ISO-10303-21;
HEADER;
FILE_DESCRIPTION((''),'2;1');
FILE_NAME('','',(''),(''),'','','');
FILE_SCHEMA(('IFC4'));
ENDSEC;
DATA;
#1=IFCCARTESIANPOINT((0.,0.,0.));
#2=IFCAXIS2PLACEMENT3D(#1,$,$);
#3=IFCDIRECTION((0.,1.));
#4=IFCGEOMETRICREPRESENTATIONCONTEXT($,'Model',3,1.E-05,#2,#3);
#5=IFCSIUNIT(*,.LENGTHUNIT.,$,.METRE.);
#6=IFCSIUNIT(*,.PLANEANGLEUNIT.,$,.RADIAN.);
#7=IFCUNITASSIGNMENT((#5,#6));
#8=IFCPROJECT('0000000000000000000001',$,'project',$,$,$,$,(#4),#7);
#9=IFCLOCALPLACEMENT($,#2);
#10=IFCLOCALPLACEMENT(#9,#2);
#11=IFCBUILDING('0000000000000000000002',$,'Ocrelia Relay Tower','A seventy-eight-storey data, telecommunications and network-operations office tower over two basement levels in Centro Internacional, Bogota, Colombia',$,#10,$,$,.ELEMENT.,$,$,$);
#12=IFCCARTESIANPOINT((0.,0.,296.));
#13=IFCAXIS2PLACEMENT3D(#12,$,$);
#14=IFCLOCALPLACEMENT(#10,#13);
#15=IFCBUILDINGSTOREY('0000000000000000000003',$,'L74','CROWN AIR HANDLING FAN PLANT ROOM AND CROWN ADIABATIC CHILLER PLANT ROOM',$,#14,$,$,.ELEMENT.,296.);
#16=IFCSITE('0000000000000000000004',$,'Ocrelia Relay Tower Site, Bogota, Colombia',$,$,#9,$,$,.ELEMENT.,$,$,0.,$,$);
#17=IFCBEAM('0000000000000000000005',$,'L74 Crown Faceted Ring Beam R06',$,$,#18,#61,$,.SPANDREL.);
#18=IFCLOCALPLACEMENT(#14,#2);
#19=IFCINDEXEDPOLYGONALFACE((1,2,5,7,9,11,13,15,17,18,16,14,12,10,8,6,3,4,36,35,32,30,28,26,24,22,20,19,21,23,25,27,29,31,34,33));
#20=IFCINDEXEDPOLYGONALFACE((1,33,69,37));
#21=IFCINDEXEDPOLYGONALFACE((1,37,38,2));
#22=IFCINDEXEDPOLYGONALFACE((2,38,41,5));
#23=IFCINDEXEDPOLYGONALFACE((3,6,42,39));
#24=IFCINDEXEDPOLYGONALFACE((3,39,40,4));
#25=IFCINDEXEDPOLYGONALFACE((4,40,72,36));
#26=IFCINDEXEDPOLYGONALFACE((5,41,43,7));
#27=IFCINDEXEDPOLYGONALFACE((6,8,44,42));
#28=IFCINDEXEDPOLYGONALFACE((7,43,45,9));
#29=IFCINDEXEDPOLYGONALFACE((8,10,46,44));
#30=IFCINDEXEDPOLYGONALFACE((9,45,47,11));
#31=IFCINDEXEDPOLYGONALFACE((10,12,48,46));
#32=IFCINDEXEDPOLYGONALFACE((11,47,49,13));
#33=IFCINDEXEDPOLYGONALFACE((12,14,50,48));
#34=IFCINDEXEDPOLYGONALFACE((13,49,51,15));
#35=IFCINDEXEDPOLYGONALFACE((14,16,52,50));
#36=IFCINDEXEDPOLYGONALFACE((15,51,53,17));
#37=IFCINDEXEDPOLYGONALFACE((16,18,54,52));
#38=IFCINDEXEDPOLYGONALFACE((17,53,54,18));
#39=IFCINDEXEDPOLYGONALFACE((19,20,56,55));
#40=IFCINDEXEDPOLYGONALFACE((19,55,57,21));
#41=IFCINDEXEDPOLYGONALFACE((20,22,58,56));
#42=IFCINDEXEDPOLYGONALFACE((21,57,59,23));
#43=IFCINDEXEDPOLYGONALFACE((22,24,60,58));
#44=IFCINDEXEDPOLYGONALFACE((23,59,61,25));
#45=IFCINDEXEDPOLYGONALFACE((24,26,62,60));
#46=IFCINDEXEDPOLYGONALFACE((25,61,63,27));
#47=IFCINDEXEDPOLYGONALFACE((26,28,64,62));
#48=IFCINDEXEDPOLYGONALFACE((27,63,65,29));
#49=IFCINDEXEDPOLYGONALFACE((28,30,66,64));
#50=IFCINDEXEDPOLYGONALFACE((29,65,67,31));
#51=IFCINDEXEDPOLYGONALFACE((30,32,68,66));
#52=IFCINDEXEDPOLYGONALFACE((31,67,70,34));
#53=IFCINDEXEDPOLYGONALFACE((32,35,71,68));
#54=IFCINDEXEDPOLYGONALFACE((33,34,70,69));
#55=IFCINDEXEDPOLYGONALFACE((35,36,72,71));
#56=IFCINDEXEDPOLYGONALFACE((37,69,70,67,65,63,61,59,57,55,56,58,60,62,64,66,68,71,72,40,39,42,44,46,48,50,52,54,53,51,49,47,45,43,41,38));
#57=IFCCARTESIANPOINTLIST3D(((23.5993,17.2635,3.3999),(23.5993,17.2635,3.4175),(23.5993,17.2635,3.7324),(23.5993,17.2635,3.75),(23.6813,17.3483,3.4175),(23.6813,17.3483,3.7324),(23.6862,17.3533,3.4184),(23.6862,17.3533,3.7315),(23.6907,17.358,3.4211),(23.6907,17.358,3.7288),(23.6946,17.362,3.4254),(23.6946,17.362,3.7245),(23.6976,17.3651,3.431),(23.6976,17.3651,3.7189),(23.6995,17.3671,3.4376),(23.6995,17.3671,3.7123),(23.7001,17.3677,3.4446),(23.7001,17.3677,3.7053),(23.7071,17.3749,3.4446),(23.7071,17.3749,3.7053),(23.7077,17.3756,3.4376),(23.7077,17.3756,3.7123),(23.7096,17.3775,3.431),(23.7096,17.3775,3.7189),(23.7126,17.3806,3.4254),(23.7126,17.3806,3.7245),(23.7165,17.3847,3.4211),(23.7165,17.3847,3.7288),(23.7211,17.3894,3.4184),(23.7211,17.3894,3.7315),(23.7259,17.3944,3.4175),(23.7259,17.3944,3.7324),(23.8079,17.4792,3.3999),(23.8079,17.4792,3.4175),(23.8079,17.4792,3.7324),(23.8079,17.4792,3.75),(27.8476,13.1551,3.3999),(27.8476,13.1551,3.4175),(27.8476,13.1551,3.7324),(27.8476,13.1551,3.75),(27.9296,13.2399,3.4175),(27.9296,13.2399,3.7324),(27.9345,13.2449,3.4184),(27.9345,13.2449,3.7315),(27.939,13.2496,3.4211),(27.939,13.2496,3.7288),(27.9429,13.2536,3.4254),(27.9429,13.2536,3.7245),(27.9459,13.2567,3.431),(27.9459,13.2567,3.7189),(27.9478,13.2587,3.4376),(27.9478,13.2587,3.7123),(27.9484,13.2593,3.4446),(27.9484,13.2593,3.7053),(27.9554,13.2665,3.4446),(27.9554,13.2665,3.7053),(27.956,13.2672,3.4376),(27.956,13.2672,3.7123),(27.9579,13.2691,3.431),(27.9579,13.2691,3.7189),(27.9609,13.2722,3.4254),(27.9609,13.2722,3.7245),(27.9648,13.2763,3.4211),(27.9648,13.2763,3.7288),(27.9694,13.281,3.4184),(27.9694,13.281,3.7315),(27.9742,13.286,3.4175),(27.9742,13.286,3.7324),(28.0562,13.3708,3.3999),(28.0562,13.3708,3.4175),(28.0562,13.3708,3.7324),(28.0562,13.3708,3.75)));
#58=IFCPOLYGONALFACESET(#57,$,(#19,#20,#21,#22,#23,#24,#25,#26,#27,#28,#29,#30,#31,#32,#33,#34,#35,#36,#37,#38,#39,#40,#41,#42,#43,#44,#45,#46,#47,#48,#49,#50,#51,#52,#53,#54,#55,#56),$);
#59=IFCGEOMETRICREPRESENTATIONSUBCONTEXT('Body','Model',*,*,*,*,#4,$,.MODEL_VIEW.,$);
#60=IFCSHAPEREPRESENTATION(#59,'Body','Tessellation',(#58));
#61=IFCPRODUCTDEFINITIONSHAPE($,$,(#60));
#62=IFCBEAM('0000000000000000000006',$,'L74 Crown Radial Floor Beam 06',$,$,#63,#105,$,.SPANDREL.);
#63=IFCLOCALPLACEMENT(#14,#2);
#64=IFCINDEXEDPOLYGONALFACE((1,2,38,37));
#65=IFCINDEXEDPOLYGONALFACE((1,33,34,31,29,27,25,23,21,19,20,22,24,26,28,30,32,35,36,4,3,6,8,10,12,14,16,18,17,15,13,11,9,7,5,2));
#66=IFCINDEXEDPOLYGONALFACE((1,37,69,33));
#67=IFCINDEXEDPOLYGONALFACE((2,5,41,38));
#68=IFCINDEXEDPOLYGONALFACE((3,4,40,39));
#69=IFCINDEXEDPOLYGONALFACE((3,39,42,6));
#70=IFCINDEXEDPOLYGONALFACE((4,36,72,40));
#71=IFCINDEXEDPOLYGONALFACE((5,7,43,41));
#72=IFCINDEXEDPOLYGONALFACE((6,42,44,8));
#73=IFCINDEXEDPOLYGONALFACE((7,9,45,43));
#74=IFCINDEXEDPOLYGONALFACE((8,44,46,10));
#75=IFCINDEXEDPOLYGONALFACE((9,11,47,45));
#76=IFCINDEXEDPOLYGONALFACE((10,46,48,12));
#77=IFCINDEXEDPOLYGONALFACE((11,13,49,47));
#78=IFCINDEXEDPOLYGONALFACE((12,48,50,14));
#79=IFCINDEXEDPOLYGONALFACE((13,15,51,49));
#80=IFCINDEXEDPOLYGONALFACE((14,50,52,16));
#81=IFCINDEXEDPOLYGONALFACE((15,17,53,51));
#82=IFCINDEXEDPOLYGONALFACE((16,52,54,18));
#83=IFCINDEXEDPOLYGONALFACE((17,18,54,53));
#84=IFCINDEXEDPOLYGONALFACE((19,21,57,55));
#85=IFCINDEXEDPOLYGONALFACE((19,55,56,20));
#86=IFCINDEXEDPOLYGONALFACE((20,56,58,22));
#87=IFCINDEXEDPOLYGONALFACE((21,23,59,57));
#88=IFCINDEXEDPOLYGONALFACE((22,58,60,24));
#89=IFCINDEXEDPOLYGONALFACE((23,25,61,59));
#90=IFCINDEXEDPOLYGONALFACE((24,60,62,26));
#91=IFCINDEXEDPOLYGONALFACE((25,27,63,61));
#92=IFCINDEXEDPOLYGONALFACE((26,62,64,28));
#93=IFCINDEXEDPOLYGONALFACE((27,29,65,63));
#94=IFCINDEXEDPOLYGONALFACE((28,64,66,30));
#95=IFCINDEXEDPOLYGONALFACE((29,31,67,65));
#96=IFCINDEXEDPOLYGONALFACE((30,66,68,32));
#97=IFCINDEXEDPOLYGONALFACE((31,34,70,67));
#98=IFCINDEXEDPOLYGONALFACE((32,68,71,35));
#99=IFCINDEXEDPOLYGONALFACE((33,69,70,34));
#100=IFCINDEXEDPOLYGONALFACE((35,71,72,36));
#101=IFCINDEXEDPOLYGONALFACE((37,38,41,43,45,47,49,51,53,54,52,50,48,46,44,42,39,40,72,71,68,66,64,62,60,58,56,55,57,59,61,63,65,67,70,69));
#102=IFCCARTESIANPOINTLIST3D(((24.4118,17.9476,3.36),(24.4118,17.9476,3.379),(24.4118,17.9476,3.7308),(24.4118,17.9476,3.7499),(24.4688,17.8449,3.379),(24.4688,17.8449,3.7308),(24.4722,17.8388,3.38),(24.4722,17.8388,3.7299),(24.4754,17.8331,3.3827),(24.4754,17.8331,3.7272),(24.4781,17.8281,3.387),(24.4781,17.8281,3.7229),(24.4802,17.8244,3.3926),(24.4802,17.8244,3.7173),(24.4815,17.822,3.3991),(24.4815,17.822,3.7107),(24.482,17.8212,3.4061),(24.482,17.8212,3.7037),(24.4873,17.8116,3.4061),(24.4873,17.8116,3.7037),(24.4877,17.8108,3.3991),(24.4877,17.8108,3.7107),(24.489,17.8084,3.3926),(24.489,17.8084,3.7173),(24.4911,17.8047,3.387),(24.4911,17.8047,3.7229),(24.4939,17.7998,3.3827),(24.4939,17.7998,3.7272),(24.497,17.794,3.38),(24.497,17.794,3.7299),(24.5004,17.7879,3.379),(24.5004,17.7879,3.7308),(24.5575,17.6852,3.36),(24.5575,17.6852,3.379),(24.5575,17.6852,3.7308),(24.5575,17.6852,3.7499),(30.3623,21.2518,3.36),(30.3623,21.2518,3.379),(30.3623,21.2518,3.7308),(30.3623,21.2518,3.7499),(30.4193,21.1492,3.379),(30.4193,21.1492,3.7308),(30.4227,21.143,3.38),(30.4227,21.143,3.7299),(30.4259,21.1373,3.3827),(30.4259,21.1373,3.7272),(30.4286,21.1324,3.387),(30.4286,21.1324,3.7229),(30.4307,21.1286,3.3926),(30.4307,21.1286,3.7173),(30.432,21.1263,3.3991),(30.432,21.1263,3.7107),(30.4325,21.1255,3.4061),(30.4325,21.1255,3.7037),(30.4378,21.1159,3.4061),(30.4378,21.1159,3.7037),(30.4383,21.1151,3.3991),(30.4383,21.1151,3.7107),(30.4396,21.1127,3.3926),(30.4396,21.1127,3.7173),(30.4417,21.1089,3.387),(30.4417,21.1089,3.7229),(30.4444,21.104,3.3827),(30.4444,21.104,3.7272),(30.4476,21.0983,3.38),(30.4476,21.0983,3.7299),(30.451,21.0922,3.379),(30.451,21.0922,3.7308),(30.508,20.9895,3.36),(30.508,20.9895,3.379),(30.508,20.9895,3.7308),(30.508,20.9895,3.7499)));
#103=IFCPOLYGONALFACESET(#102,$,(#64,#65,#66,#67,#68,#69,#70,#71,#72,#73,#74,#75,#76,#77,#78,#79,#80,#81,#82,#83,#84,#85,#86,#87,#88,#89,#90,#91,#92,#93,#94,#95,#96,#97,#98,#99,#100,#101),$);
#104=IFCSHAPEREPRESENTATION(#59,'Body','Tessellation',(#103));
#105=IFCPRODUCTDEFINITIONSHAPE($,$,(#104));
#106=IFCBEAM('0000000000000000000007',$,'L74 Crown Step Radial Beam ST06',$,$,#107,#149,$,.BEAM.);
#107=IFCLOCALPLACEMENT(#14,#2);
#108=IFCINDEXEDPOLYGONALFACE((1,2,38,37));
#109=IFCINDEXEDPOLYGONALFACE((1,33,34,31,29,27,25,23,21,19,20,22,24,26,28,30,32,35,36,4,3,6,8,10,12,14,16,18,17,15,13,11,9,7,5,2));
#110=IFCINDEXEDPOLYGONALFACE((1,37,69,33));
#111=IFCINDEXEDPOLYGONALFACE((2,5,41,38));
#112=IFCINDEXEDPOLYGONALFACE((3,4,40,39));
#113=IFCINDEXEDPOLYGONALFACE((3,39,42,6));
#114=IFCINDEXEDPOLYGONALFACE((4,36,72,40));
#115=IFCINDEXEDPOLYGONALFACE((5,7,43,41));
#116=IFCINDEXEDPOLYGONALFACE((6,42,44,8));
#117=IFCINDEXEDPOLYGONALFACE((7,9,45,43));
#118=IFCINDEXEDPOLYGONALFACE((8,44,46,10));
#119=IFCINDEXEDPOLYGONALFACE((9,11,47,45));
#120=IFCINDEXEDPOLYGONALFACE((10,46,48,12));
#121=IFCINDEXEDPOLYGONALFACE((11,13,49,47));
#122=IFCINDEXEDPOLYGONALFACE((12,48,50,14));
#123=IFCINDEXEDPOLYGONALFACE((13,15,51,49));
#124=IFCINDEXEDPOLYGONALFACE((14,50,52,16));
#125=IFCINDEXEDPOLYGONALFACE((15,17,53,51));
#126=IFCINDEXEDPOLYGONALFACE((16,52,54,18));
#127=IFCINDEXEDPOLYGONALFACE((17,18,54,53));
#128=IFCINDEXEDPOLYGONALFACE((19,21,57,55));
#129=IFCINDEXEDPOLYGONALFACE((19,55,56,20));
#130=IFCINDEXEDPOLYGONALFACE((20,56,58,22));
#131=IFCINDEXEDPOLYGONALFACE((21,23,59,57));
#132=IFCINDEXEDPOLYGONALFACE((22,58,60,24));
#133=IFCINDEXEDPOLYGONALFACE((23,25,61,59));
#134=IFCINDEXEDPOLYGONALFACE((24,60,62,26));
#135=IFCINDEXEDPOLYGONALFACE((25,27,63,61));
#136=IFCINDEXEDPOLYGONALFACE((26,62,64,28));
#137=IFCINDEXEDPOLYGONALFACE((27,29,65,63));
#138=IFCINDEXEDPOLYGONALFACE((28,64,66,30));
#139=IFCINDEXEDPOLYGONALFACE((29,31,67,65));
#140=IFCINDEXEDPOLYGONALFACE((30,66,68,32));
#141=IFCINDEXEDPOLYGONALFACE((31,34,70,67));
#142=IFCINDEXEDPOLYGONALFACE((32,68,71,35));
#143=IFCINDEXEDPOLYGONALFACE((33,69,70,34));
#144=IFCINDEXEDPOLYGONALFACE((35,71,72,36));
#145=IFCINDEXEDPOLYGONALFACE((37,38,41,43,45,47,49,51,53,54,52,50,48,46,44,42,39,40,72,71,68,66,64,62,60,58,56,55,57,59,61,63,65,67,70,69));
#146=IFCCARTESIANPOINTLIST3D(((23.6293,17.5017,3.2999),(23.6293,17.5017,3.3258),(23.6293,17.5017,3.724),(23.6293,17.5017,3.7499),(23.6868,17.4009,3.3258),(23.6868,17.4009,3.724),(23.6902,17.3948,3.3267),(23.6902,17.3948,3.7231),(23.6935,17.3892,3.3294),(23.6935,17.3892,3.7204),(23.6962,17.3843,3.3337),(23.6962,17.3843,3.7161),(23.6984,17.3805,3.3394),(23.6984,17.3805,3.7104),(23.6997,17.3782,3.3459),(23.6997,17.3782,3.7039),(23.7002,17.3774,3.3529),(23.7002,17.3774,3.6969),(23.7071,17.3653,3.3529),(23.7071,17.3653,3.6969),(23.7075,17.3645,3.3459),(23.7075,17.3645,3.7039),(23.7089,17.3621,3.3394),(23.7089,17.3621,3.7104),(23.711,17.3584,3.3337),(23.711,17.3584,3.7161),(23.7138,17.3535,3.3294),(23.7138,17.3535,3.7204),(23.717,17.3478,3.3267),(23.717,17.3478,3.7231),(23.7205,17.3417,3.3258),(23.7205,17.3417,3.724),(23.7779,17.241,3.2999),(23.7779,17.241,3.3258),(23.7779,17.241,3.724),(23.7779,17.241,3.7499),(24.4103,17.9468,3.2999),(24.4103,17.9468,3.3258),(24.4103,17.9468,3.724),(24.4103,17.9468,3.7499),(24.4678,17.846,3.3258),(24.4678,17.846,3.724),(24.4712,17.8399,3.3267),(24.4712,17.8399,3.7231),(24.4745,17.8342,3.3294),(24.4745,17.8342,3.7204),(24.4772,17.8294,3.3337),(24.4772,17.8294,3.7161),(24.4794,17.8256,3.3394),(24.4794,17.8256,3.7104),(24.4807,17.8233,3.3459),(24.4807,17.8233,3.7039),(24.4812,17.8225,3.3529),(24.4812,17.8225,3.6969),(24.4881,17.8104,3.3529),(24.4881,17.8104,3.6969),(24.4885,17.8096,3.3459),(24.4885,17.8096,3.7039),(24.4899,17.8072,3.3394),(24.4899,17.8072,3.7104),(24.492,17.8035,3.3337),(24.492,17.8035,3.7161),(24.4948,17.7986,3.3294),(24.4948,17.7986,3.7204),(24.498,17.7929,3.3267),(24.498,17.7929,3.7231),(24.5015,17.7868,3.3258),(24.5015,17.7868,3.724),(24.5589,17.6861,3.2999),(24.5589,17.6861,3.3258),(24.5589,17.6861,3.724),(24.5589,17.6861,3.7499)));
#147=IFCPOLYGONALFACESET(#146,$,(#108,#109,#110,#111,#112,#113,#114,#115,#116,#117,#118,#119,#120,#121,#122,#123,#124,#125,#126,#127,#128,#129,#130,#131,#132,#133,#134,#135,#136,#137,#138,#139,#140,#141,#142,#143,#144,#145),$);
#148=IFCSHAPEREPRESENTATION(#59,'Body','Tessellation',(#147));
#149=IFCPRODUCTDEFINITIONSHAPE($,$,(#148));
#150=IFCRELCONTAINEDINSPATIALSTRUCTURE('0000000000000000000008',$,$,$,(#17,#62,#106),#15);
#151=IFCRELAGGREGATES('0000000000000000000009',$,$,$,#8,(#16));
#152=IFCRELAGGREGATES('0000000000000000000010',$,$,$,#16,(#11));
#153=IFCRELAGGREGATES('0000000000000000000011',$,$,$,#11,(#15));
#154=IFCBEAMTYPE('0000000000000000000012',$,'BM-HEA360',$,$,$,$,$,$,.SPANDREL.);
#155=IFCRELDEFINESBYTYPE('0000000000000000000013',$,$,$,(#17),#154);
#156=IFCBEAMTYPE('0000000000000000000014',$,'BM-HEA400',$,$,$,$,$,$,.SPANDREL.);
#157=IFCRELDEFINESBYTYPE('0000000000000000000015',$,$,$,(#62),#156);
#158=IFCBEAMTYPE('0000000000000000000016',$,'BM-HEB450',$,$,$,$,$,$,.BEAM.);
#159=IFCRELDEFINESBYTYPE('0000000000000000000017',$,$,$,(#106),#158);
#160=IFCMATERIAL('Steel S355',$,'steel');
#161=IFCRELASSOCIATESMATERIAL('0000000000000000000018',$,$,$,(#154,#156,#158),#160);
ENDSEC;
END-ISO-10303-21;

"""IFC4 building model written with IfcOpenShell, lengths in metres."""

from ifc_helpers import new_model, si_unit, direction, frame, origin, origin_2d, place, context, subcontext, project, spatial, i_section, extrude, material, material_profile, profile_set, type_object, element, save


model = new_model("IFC4")

# Units and contexts
model_context = context("Model", 3, precision=1e-05, world=origin(), true_north=direction((0.0, 1.0)))
body_context = subcontext(model_context, "Body", "Model", "MODEL_VIEW")
ifc_project = project(units=[si_unit("LENGTHUNIT", "METRE"), si_unit("PLANEANGLEUNIT", "RADIAN")], contexts=[model_context])

# Site, building, storey
site_placement = place(None, origin())
site = spatial("IfcSite", under=ifc_project, at=site_placement, Name="Ocrelia Relay Tower Site, Bogota, Colombia", CompositionType="ELEMENT", RefElevation=0.0)
building_placement = place(site_placement, origin())
building = spatial("IfcBuilding", under=site, at=building_placement, Name="Ocrelia Relay Tower", Description="A seventy-eight-storey data, telecommunications and network-operations office tower over two basement levels in Centro Internacional, Bogota, Colombia", CompositionType="ELEMENT")
storey_placement = place(building_placement, frame((0.0, 0.0, 296.0)))
storey = spatial("IfcBuildingStorey", under=building, at=storey_placement, Name="L74", Description="CROWN AIR HANDLING FAN PLANT ROOM AND CROWN ADIABATIC CHILLER PLANT ROOM", CompositionType="ELEMENT", Elevation=296.0)

# Beams
ifc_material_1 = material(Name="Steel S355", Category="steel")
ifc_material_profile_1 = material_profile(ifc_material_1, i_section(OverallWidth=0.3, OverallDepth=0.3501, WebThickness=0.01, FlangeThickness=0.0176, FilletRadius=0.0271, at=origin_2d()), Name="HEA 360")
ifc_profile_set_1 = profile_set([ifc_material_profile_1], Name="Steel S355")
beam_type_1 = type_object("IfcBeamType", Name="BM-HEA360", PredefinedType="SPANDREL", material=ifc_profile_set_1)
beam_1_placement = place(storey_placement, frame((23.7036, 17.3713, 3.575), z_axis=(0.718843, -0.695172, 0.0), x_axis=(0.695172, 0.718843, 0.0)))
element("IfcBeam", 1, at=beam_1_placement, inside=storey, type_object=beam_type_1, Name="L74 Crown Faceted Ring Beam R06", PredefinedType="SPANDREL", context=body_context, shape_type="SweptSolid", body=[
    extrude(i_section(OverallWidth=0.3, OverallDepth=0.3501, WebThickness=0.01, FlangeThickness=0.0176, FilletRadius=0.0271, at=origin_2d()), origin(), (0.0, 0.0, 1.0), 5.9099),
])
ifc_material_profile_2 = material_profile(ifc_material_1, i_section(OverallWidth=0.3, OverallDepth=0.3899, WebThickness=0.011, FlangeThickness=0.019, FilletRadius=0.0271, at=origin_2d()), Name="HEA 400")
ifc_profile_set_2 = profile_set([ifc_material_profile_2], Name="Steel S355")
beam_type_2 = type_object("IfcBeamType", Name="BM-HEA400", PredefinedType="SPANDREL", material=ifc_profile_set_2)
beam_2_placement = place(storey_placement, frame((24.4846, 17.8164, 3.5549), z_axis=(0.874257, 0.485463, 0.0), x_axis=(-0.485463, 0.874257, 0.0)))
element("IfcBeam", 2, at=beam_2_placement, inside=storey, type_object=beam_type_2, Name="L74 Crown Radial Floor Beam 06", PredefinedType="SPANDREL", context=body_context, shape_type="SweptSolid", body=[
    extrude(i_section(OverallWidth=0.3, OverallDepth=0.3899, WebThickness=0.011, FlangeThickness=0.019, FilletRadius=0.0271, at=origin_2d()), origin(), (0.0, 0.0, 1.0), 6.8064),
])
ifc_material_profile_3 = material_profile(ifc_material_1, i_section(OverallWidth=0.3, OverallDepth=0.45, WebThickness=0.0139, FlangeThickness=0.0259, FilletRadius=0.0271, at=origin_2d()), Name="HEB 450")
ifc_profile_set_3 = profile_set([ifc_material_profile_3], Name="Steel S355")
beam_type_3 = type_object("IfcBeamType", Name="BM-HEB450", PredefinedType="BEAM", material=ifc_profile_set_3)
beam_3_placement = place(storey_placement, frame((23.7036, 17.3713, 3.5249), z_axis=(0.868828, 0.495115, 0.0), x_axis=(-0.495115, 0.868828, 0.0)))
element("IfcBeam", 3, at=beam_3_placement, inside=storey, type_object=beam_type_3, Name="L74 Crown Step Radial Beam ST06", PredefinedType="BEAM", context=body_context, shape_type="SweptSolid", body=[
    extrude(i_section(OverallWidth=0.3, OverallDepth=0.45, WebThickness=0.0139, FlangeThickness=0.0259, FilletRadius=0.0271, at=origin_2d()), origin(), (0.0, 0.0, 1.0), 0.8989),
])

save(model, "model.ifc")
